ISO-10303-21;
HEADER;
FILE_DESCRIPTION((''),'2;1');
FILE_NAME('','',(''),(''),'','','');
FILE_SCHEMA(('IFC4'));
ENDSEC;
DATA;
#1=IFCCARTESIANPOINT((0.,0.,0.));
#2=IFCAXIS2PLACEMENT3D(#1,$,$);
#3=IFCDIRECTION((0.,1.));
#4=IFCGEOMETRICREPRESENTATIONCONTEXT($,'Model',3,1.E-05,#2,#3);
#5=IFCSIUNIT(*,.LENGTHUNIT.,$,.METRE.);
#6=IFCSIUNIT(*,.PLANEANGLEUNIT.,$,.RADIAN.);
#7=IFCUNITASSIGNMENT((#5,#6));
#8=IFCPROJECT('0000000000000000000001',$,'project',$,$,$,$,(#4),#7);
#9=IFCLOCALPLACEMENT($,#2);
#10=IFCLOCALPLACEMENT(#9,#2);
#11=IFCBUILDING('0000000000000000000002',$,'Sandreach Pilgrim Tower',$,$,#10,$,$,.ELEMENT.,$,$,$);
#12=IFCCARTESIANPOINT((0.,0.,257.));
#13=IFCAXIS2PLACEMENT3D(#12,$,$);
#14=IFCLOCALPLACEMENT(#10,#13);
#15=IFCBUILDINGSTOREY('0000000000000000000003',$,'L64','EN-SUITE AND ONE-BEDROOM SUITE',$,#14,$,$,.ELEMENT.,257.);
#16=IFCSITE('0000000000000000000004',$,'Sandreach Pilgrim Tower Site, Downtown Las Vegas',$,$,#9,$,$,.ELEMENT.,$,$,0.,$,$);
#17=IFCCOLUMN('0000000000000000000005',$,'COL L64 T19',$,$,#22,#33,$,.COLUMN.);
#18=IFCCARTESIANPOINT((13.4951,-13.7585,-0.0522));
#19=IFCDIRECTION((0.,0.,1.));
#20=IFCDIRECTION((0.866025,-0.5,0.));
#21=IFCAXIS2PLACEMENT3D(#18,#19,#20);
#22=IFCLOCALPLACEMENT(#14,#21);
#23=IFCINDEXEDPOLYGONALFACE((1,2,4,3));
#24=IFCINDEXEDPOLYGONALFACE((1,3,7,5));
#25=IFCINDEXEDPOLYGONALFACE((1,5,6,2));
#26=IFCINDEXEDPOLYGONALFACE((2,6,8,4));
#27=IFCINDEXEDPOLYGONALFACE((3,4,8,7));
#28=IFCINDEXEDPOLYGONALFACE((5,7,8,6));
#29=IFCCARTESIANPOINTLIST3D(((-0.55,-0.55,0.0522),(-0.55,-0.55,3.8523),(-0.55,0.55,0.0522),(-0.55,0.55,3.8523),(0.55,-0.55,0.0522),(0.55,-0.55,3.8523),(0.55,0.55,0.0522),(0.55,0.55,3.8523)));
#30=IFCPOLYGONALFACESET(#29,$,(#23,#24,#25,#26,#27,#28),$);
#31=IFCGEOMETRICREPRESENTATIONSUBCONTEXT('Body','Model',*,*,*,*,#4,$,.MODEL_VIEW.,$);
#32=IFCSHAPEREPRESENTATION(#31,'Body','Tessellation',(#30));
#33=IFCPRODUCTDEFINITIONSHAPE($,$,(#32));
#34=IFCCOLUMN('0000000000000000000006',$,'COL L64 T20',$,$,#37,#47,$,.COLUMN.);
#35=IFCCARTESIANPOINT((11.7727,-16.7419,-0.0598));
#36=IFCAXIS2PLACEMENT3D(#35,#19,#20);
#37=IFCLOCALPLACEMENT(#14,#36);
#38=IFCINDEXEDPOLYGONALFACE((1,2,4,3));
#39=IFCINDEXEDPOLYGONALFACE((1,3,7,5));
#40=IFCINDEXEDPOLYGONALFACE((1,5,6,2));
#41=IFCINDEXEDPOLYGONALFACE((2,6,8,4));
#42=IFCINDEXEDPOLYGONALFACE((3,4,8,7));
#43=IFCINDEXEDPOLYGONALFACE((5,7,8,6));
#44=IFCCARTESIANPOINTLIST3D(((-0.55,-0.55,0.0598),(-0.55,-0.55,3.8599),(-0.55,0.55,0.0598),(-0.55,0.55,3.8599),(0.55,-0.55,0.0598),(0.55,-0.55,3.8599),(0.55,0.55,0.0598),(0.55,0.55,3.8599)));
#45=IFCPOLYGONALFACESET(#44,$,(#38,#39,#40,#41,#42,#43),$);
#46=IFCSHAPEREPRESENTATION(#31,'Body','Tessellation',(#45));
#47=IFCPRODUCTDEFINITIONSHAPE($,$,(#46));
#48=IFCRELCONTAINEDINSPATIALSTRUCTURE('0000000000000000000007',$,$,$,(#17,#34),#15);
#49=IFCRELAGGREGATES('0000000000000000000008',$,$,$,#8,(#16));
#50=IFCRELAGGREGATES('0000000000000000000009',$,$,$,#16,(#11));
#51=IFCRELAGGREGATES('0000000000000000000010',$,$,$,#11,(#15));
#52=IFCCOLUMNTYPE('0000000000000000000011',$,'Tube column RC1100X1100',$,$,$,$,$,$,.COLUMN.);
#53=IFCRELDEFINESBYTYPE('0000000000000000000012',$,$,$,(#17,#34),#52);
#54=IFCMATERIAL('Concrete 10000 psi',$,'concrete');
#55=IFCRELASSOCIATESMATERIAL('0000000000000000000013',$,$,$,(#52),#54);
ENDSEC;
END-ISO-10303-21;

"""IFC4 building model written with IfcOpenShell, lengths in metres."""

from ifc_helpers import new_model, si_unit, direction, frame, origin, origin_2d, place, context, subcontext, project, spatial, rectangle, extrude, clip, halfspace, material, material_profile, profile_set, type_object, element, save


model = new_model("IFC4")

# Units and contexts
model_context = context("Model", 3, precision=1e-05, world=origin(), true_north=direction((0.0, 1.0)))
body_context = subcontext(model_context, "Body", "Model", "MODEL_VIEW")
ifc_project = project(units=[si_unit("LENGTHUNIT", "METRE"), si_unit("PLANEANGLEUNIT", "RADIAN")], contexts=[model_context])

# Site, building, storey
site_placement = place(None, origin())
site = spatial("IfcSite", under=ifc_project, at=site_placement, Name="Sandreach Pilgrim Tower Site, Downtown Las Vegas", CompositionType="ELEMENT", RefElevation=0.0)
building_placement = place(site_placement, origin())
building = spatial("IfcBuilding", under=site, at=building_placement, Name="Sandreach Pilgrim Tower", CompositionType="ELEMENT")
storey_placement = place(building_placement, frame((0.0, 0.0, 257.0)))
storey = spatial("IfcBuildingStorey", under=building, at=storey_placement, Name="L64", Description="EN-SUITE AND ONE-BEDROOM SUITE", CompositionType="ELEMENT", Elevation=257.0)

# Columns
ifc_material_1 = material(Name="Concrete 10000 psi", Category="concrete")
ifc_material_profile_1 = material_profile(ifc_material_1, rectangle(XDim=1.1001, YDim=1.1001, at=origin_2d()), Name="RC1100X1100")
ifc_profile_set_1 = profile_set([ifc_material_profile_1], Name="Concrete 10000 psi")
column_type = type_object("IfcColumnType", Name="Tube column RC1100X1100", PredefinedType="COLUMN", material=ifc_profile_set_1)
column_1_placement = place(storey_placement, frame((13.4951, -13.7585, -0.0522), z_axis=(0.0, 0.0, 1.0), x_axis=(0.866025, -0.5, 0.0)))
element("IfcColumn", 1, at=column_1_placement, inside=storey, type_object=column_type, Name="COL L64 T19", PredefinedType="COLUMN", context=body_context, shape_type="SweptSolid", body=[
    clip(extrude(rectangle(XDim=1.1001, YDim=1.1001, at=origin_2d()), origin(), (0.0, 0.0, 1.0), 3.8523), halfspace(frame((0.0, 0.0, 0.0522)), True)),
])
column_2_placement = place(storey_placement, frame((11.7727, -16.7419, -0.0598), z_axis=(0.0, 0.0, 1.0), x_axis=(0.866025, -0.5, 0.0)))
element("IfcColumn", 2, at=column_2_placement, inside=storey, type_object=column_type, Name="COL L64 T20", PredefinedType="COLUMN", context=body_context, shape_type="SweptSolid", body=[
    clip(extrude(rectangle(XDim=1.1001, YDim=1.1001, at=origin_2d()), origin(), (0.0, 0.0, 1.0), 3.8599), halfspace(frame((0.0, 0.0, 0.0598)), True)),
])

save(model, "model.ifc")
